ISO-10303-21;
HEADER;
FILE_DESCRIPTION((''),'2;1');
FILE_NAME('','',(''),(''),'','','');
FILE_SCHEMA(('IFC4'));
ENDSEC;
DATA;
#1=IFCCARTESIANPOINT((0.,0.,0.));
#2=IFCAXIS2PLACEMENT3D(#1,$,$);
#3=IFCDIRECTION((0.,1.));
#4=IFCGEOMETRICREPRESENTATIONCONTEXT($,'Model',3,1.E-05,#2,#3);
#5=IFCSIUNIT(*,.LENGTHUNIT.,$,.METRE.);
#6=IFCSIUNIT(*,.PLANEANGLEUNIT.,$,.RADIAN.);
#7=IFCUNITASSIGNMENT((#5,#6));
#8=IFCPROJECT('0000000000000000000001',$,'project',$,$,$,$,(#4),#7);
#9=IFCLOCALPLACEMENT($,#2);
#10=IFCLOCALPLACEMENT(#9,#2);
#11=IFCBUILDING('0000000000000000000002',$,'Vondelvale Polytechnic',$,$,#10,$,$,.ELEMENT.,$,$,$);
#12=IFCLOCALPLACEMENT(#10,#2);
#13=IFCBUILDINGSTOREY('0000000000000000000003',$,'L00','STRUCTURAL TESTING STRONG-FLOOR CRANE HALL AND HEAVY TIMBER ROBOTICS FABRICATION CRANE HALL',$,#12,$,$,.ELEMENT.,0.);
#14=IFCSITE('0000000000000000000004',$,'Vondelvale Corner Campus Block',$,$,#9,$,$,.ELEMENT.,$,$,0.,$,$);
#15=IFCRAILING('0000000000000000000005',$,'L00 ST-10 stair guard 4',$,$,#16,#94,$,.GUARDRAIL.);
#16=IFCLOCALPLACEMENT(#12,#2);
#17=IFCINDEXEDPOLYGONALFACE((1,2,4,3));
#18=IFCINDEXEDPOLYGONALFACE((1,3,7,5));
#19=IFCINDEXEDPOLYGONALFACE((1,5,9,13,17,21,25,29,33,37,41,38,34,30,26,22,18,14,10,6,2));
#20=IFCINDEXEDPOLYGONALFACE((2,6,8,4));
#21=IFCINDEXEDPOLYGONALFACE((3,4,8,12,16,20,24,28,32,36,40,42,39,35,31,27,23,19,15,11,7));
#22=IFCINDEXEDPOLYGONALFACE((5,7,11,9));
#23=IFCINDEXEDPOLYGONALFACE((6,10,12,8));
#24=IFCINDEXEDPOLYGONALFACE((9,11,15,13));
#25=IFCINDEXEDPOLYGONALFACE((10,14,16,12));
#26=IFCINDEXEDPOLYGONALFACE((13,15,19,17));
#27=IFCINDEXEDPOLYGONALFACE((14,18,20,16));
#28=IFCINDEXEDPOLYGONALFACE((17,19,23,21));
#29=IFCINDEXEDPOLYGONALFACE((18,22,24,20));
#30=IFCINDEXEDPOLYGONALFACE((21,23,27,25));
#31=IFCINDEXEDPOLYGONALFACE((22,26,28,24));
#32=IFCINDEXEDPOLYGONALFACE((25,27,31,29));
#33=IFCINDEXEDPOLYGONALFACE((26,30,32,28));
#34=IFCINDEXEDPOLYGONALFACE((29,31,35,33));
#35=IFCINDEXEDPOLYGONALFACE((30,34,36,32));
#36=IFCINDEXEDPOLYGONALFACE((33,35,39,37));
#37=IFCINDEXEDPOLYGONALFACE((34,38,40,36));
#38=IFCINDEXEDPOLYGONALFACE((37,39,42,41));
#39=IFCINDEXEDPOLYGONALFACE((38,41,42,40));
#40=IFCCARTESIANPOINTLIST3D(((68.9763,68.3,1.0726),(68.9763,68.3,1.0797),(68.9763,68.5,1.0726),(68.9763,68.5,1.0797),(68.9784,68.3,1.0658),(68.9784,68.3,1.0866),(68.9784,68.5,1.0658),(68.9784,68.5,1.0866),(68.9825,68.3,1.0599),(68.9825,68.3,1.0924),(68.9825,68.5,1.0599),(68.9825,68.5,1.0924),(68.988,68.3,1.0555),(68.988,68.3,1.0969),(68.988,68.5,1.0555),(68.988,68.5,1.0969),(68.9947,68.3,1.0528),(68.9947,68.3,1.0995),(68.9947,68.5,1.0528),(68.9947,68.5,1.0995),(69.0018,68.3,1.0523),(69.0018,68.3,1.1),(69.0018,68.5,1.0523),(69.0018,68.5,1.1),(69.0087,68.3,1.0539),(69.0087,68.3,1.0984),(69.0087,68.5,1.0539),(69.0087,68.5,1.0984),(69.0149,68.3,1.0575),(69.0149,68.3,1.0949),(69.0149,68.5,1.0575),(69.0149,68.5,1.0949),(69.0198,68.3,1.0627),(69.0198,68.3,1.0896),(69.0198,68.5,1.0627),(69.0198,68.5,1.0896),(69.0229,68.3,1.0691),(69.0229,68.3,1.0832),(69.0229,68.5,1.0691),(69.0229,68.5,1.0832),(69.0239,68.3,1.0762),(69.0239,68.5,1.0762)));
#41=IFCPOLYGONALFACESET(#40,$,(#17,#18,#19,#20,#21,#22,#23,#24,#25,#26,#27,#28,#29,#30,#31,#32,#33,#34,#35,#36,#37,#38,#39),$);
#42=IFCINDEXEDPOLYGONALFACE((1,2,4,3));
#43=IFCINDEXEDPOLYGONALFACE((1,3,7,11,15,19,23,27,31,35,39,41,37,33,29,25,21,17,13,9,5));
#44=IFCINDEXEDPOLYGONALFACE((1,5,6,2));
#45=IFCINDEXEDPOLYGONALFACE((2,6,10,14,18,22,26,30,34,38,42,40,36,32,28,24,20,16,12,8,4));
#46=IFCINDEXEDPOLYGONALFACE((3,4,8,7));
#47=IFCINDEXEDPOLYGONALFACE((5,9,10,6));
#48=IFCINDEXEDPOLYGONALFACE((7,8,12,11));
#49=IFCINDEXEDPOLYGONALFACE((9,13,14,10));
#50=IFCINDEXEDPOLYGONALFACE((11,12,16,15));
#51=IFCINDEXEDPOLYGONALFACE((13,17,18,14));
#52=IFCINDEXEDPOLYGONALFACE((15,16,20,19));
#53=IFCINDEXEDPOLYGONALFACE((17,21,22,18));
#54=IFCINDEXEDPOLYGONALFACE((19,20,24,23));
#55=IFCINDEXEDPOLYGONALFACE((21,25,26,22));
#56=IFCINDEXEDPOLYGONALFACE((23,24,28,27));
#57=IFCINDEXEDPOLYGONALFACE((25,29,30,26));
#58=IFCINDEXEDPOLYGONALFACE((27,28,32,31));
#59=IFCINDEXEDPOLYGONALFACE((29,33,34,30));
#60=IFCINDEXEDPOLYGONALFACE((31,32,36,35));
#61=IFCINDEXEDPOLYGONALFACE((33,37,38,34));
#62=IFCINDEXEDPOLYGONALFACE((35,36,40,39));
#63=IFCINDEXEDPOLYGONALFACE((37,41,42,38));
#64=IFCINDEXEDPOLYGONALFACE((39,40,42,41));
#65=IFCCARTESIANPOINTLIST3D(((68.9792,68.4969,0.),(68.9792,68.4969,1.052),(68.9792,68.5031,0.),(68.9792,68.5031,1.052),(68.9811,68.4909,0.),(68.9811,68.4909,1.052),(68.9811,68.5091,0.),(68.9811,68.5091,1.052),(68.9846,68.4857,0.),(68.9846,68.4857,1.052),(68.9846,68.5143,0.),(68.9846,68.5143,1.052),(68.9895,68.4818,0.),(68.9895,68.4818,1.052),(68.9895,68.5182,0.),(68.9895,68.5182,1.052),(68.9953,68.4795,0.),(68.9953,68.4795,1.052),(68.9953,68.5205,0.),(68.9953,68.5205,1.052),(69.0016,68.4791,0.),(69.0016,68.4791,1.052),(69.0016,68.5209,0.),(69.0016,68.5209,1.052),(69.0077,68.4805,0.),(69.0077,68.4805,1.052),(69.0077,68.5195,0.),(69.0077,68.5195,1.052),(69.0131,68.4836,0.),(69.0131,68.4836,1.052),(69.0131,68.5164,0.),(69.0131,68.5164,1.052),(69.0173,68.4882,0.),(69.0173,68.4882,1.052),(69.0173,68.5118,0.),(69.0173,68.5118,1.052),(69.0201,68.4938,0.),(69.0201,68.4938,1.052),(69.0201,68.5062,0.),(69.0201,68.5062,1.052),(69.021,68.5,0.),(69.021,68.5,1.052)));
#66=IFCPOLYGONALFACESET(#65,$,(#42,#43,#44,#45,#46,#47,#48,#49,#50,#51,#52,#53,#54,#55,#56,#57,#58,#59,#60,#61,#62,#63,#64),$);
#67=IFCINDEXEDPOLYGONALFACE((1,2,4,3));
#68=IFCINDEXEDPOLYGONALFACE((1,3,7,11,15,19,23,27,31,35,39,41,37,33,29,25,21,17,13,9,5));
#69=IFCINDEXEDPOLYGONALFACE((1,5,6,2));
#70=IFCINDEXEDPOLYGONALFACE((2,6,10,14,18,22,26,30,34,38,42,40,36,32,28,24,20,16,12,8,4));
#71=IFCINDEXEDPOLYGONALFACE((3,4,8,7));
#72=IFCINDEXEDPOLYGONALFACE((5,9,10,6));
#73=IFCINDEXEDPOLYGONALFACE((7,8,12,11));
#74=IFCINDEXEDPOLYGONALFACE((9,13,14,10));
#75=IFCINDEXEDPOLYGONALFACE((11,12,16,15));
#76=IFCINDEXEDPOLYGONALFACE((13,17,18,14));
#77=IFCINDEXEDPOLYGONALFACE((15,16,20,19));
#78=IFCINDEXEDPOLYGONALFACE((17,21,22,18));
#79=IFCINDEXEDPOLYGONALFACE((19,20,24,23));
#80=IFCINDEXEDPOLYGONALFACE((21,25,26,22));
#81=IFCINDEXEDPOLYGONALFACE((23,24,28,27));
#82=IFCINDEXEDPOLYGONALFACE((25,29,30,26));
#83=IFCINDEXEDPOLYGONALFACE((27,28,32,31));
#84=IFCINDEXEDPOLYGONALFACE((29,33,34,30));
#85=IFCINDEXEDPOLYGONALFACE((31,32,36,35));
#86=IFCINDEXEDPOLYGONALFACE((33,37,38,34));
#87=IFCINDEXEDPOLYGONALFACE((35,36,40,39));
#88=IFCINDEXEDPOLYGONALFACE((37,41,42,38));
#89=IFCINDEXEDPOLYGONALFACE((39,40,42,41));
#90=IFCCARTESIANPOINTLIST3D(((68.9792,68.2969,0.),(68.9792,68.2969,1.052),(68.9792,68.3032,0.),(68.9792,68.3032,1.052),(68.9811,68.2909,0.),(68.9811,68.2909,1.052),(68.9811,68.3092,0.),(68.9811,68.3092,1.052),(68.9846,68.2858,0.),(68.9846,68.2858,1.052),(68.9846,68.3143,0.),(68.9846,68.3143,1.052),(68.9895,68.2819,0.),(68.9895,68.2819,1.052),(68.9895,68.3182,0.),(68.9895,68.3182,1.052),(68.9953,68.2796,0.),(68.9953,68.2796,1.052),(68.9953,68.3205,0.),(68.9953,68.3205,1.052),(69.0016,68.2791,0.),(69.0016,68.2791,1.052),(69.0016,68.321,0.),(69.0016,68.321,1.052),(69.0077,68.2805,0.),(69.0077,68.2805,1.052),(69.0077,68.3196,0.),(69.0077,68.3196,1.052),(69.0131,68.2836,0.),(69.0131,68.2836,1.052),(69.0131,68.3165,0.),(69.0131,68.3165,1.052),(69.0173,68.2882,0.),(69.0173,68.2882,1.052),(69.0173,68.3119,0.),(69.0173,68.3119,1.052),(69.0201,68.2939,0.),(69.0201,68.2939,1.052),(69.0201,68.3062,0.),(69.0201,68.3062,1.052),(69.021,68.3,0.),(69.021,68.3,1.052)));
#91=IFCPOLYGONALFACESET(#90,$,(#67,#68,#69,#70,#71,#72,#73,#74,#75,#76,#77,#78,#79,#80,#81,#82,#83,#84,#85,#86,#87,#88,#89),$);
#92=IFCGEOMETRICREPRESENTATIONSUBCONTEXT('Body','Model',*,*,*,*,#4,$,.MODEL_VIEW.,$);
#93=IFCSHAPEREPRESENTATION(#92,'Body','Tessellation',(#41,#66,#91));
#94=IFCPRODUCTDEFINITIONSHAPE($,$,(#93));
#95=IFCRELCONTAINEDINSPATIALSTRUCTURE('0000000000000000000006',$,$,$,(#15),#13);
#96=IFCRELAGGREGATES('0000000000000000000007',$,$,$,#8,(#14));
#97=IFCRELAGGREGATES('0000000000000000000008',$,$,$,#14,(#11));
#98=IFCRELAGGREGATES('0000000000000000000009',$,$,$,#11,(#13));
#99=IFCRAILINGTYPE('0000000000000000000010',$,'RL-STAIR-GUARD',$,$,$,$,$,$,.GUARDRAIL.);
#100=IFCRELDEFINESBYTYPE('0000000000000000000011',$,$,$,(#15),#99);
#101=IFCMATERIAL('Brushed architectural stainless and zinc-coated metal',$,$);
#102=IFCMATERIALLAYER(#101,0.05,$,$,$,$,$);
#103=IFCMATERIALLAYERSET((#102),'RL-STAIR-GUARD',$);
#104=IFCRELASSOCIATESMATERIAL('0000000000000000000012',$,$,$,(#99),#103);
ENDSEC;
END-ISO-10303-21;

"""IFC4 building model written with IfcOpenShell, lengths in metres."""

from ifc_helpers import new_model, si_unit, direction, frame, origin, origin_2d, place, context, subcontext, project, spatial, circle, extrude, material, layer, layer_set, type_object, element, save


model = new_model("IFC4")

# Units and contexts
model_context = context("Model", 3, precision=1e-05, world=origin(), true_north=direction((0.0, 1.0)))
body_context = subcontext(model_context, "Body", "Model", "MODEL_VIEW")
ifc_project = project(units=[si_unit("LENGTHUNIT", "METRE"), si_unit("PLANEANGLEUNIT", "RADIAN")], contexts=[model_context])

# Site, building, storey
site_placement = place(None, origin())
site = spatial("IfcSite", under=ifc_project, at=site_placement, Name="Vondelvale Corner Campus Block", CompositionType="ELEMENT", RefElevation=0.0)
building_placement = place(site_placement, origin())
building = spatial("IfcBuilding", under=site, at=building_placement, Name="Vondelvale Polytechnic", CompositionType="ELEMENT")
storey_placement = place(building_placement, origin())
storey = spatial("IfcBuildingStorey", under=building, at=storey_placement, Name="L00", Description="STRUCTURAL TESTING STRONG-FLOOR CRANE HALL AND HEAVY TIMBER ROBOTICS FABRICATION CRANE HALL", CompositionType="ELEMENT", Elevation=0.0)

# Shared definitions
ifc_material_1 = material(Name="Brushed architectural stainless and zinc-coated metal")

# Railing
ifc_layer_1 = layer(ifc_material_1, 0.05)
ifc_layer_set_1 = layer_set([ifc_layer_1], Name="RL-STAIR-GUARD")
railing_type_1 = type_object("IfcRailingType", Name="RL-STAIR-GUARD", PredefinedType="GUARDRAIL", material=ifc_layer_set_1)
railing_1_placement = place(storey_placement, frame((69.0, 68.5, 0.0)))
element("IfcRailing", 1, at=railing_1_placement, inside=storey, type_object=railing_type_1, Name="L00 ST-10 stair guard 4", PredefinedType="GUARDRAIL", context=body_context, shape_type="SweptSolid", body=[
    extrude(circle(Radius=0.0239, at=origin_2d()), frame((0.0, 0.0, 1.0762), z_axis=(0.0, -1.0, 0.0), x_axis=(1.0, 0.0, 0.0)), (0.0, 0.0, 1.0), 0.2),
    extrude(circle(Radius=0.021, at=origin_2d()), origin(), (0.0, 0.0, 1.0), 1.052),
    extrude(circle(Radius=0.021, at=origin_2d()), frame((0.0, -0.2, 0.0)), (0.0, 0.0, 1.0), 1.052),
])

save(model, "model.ifc")
